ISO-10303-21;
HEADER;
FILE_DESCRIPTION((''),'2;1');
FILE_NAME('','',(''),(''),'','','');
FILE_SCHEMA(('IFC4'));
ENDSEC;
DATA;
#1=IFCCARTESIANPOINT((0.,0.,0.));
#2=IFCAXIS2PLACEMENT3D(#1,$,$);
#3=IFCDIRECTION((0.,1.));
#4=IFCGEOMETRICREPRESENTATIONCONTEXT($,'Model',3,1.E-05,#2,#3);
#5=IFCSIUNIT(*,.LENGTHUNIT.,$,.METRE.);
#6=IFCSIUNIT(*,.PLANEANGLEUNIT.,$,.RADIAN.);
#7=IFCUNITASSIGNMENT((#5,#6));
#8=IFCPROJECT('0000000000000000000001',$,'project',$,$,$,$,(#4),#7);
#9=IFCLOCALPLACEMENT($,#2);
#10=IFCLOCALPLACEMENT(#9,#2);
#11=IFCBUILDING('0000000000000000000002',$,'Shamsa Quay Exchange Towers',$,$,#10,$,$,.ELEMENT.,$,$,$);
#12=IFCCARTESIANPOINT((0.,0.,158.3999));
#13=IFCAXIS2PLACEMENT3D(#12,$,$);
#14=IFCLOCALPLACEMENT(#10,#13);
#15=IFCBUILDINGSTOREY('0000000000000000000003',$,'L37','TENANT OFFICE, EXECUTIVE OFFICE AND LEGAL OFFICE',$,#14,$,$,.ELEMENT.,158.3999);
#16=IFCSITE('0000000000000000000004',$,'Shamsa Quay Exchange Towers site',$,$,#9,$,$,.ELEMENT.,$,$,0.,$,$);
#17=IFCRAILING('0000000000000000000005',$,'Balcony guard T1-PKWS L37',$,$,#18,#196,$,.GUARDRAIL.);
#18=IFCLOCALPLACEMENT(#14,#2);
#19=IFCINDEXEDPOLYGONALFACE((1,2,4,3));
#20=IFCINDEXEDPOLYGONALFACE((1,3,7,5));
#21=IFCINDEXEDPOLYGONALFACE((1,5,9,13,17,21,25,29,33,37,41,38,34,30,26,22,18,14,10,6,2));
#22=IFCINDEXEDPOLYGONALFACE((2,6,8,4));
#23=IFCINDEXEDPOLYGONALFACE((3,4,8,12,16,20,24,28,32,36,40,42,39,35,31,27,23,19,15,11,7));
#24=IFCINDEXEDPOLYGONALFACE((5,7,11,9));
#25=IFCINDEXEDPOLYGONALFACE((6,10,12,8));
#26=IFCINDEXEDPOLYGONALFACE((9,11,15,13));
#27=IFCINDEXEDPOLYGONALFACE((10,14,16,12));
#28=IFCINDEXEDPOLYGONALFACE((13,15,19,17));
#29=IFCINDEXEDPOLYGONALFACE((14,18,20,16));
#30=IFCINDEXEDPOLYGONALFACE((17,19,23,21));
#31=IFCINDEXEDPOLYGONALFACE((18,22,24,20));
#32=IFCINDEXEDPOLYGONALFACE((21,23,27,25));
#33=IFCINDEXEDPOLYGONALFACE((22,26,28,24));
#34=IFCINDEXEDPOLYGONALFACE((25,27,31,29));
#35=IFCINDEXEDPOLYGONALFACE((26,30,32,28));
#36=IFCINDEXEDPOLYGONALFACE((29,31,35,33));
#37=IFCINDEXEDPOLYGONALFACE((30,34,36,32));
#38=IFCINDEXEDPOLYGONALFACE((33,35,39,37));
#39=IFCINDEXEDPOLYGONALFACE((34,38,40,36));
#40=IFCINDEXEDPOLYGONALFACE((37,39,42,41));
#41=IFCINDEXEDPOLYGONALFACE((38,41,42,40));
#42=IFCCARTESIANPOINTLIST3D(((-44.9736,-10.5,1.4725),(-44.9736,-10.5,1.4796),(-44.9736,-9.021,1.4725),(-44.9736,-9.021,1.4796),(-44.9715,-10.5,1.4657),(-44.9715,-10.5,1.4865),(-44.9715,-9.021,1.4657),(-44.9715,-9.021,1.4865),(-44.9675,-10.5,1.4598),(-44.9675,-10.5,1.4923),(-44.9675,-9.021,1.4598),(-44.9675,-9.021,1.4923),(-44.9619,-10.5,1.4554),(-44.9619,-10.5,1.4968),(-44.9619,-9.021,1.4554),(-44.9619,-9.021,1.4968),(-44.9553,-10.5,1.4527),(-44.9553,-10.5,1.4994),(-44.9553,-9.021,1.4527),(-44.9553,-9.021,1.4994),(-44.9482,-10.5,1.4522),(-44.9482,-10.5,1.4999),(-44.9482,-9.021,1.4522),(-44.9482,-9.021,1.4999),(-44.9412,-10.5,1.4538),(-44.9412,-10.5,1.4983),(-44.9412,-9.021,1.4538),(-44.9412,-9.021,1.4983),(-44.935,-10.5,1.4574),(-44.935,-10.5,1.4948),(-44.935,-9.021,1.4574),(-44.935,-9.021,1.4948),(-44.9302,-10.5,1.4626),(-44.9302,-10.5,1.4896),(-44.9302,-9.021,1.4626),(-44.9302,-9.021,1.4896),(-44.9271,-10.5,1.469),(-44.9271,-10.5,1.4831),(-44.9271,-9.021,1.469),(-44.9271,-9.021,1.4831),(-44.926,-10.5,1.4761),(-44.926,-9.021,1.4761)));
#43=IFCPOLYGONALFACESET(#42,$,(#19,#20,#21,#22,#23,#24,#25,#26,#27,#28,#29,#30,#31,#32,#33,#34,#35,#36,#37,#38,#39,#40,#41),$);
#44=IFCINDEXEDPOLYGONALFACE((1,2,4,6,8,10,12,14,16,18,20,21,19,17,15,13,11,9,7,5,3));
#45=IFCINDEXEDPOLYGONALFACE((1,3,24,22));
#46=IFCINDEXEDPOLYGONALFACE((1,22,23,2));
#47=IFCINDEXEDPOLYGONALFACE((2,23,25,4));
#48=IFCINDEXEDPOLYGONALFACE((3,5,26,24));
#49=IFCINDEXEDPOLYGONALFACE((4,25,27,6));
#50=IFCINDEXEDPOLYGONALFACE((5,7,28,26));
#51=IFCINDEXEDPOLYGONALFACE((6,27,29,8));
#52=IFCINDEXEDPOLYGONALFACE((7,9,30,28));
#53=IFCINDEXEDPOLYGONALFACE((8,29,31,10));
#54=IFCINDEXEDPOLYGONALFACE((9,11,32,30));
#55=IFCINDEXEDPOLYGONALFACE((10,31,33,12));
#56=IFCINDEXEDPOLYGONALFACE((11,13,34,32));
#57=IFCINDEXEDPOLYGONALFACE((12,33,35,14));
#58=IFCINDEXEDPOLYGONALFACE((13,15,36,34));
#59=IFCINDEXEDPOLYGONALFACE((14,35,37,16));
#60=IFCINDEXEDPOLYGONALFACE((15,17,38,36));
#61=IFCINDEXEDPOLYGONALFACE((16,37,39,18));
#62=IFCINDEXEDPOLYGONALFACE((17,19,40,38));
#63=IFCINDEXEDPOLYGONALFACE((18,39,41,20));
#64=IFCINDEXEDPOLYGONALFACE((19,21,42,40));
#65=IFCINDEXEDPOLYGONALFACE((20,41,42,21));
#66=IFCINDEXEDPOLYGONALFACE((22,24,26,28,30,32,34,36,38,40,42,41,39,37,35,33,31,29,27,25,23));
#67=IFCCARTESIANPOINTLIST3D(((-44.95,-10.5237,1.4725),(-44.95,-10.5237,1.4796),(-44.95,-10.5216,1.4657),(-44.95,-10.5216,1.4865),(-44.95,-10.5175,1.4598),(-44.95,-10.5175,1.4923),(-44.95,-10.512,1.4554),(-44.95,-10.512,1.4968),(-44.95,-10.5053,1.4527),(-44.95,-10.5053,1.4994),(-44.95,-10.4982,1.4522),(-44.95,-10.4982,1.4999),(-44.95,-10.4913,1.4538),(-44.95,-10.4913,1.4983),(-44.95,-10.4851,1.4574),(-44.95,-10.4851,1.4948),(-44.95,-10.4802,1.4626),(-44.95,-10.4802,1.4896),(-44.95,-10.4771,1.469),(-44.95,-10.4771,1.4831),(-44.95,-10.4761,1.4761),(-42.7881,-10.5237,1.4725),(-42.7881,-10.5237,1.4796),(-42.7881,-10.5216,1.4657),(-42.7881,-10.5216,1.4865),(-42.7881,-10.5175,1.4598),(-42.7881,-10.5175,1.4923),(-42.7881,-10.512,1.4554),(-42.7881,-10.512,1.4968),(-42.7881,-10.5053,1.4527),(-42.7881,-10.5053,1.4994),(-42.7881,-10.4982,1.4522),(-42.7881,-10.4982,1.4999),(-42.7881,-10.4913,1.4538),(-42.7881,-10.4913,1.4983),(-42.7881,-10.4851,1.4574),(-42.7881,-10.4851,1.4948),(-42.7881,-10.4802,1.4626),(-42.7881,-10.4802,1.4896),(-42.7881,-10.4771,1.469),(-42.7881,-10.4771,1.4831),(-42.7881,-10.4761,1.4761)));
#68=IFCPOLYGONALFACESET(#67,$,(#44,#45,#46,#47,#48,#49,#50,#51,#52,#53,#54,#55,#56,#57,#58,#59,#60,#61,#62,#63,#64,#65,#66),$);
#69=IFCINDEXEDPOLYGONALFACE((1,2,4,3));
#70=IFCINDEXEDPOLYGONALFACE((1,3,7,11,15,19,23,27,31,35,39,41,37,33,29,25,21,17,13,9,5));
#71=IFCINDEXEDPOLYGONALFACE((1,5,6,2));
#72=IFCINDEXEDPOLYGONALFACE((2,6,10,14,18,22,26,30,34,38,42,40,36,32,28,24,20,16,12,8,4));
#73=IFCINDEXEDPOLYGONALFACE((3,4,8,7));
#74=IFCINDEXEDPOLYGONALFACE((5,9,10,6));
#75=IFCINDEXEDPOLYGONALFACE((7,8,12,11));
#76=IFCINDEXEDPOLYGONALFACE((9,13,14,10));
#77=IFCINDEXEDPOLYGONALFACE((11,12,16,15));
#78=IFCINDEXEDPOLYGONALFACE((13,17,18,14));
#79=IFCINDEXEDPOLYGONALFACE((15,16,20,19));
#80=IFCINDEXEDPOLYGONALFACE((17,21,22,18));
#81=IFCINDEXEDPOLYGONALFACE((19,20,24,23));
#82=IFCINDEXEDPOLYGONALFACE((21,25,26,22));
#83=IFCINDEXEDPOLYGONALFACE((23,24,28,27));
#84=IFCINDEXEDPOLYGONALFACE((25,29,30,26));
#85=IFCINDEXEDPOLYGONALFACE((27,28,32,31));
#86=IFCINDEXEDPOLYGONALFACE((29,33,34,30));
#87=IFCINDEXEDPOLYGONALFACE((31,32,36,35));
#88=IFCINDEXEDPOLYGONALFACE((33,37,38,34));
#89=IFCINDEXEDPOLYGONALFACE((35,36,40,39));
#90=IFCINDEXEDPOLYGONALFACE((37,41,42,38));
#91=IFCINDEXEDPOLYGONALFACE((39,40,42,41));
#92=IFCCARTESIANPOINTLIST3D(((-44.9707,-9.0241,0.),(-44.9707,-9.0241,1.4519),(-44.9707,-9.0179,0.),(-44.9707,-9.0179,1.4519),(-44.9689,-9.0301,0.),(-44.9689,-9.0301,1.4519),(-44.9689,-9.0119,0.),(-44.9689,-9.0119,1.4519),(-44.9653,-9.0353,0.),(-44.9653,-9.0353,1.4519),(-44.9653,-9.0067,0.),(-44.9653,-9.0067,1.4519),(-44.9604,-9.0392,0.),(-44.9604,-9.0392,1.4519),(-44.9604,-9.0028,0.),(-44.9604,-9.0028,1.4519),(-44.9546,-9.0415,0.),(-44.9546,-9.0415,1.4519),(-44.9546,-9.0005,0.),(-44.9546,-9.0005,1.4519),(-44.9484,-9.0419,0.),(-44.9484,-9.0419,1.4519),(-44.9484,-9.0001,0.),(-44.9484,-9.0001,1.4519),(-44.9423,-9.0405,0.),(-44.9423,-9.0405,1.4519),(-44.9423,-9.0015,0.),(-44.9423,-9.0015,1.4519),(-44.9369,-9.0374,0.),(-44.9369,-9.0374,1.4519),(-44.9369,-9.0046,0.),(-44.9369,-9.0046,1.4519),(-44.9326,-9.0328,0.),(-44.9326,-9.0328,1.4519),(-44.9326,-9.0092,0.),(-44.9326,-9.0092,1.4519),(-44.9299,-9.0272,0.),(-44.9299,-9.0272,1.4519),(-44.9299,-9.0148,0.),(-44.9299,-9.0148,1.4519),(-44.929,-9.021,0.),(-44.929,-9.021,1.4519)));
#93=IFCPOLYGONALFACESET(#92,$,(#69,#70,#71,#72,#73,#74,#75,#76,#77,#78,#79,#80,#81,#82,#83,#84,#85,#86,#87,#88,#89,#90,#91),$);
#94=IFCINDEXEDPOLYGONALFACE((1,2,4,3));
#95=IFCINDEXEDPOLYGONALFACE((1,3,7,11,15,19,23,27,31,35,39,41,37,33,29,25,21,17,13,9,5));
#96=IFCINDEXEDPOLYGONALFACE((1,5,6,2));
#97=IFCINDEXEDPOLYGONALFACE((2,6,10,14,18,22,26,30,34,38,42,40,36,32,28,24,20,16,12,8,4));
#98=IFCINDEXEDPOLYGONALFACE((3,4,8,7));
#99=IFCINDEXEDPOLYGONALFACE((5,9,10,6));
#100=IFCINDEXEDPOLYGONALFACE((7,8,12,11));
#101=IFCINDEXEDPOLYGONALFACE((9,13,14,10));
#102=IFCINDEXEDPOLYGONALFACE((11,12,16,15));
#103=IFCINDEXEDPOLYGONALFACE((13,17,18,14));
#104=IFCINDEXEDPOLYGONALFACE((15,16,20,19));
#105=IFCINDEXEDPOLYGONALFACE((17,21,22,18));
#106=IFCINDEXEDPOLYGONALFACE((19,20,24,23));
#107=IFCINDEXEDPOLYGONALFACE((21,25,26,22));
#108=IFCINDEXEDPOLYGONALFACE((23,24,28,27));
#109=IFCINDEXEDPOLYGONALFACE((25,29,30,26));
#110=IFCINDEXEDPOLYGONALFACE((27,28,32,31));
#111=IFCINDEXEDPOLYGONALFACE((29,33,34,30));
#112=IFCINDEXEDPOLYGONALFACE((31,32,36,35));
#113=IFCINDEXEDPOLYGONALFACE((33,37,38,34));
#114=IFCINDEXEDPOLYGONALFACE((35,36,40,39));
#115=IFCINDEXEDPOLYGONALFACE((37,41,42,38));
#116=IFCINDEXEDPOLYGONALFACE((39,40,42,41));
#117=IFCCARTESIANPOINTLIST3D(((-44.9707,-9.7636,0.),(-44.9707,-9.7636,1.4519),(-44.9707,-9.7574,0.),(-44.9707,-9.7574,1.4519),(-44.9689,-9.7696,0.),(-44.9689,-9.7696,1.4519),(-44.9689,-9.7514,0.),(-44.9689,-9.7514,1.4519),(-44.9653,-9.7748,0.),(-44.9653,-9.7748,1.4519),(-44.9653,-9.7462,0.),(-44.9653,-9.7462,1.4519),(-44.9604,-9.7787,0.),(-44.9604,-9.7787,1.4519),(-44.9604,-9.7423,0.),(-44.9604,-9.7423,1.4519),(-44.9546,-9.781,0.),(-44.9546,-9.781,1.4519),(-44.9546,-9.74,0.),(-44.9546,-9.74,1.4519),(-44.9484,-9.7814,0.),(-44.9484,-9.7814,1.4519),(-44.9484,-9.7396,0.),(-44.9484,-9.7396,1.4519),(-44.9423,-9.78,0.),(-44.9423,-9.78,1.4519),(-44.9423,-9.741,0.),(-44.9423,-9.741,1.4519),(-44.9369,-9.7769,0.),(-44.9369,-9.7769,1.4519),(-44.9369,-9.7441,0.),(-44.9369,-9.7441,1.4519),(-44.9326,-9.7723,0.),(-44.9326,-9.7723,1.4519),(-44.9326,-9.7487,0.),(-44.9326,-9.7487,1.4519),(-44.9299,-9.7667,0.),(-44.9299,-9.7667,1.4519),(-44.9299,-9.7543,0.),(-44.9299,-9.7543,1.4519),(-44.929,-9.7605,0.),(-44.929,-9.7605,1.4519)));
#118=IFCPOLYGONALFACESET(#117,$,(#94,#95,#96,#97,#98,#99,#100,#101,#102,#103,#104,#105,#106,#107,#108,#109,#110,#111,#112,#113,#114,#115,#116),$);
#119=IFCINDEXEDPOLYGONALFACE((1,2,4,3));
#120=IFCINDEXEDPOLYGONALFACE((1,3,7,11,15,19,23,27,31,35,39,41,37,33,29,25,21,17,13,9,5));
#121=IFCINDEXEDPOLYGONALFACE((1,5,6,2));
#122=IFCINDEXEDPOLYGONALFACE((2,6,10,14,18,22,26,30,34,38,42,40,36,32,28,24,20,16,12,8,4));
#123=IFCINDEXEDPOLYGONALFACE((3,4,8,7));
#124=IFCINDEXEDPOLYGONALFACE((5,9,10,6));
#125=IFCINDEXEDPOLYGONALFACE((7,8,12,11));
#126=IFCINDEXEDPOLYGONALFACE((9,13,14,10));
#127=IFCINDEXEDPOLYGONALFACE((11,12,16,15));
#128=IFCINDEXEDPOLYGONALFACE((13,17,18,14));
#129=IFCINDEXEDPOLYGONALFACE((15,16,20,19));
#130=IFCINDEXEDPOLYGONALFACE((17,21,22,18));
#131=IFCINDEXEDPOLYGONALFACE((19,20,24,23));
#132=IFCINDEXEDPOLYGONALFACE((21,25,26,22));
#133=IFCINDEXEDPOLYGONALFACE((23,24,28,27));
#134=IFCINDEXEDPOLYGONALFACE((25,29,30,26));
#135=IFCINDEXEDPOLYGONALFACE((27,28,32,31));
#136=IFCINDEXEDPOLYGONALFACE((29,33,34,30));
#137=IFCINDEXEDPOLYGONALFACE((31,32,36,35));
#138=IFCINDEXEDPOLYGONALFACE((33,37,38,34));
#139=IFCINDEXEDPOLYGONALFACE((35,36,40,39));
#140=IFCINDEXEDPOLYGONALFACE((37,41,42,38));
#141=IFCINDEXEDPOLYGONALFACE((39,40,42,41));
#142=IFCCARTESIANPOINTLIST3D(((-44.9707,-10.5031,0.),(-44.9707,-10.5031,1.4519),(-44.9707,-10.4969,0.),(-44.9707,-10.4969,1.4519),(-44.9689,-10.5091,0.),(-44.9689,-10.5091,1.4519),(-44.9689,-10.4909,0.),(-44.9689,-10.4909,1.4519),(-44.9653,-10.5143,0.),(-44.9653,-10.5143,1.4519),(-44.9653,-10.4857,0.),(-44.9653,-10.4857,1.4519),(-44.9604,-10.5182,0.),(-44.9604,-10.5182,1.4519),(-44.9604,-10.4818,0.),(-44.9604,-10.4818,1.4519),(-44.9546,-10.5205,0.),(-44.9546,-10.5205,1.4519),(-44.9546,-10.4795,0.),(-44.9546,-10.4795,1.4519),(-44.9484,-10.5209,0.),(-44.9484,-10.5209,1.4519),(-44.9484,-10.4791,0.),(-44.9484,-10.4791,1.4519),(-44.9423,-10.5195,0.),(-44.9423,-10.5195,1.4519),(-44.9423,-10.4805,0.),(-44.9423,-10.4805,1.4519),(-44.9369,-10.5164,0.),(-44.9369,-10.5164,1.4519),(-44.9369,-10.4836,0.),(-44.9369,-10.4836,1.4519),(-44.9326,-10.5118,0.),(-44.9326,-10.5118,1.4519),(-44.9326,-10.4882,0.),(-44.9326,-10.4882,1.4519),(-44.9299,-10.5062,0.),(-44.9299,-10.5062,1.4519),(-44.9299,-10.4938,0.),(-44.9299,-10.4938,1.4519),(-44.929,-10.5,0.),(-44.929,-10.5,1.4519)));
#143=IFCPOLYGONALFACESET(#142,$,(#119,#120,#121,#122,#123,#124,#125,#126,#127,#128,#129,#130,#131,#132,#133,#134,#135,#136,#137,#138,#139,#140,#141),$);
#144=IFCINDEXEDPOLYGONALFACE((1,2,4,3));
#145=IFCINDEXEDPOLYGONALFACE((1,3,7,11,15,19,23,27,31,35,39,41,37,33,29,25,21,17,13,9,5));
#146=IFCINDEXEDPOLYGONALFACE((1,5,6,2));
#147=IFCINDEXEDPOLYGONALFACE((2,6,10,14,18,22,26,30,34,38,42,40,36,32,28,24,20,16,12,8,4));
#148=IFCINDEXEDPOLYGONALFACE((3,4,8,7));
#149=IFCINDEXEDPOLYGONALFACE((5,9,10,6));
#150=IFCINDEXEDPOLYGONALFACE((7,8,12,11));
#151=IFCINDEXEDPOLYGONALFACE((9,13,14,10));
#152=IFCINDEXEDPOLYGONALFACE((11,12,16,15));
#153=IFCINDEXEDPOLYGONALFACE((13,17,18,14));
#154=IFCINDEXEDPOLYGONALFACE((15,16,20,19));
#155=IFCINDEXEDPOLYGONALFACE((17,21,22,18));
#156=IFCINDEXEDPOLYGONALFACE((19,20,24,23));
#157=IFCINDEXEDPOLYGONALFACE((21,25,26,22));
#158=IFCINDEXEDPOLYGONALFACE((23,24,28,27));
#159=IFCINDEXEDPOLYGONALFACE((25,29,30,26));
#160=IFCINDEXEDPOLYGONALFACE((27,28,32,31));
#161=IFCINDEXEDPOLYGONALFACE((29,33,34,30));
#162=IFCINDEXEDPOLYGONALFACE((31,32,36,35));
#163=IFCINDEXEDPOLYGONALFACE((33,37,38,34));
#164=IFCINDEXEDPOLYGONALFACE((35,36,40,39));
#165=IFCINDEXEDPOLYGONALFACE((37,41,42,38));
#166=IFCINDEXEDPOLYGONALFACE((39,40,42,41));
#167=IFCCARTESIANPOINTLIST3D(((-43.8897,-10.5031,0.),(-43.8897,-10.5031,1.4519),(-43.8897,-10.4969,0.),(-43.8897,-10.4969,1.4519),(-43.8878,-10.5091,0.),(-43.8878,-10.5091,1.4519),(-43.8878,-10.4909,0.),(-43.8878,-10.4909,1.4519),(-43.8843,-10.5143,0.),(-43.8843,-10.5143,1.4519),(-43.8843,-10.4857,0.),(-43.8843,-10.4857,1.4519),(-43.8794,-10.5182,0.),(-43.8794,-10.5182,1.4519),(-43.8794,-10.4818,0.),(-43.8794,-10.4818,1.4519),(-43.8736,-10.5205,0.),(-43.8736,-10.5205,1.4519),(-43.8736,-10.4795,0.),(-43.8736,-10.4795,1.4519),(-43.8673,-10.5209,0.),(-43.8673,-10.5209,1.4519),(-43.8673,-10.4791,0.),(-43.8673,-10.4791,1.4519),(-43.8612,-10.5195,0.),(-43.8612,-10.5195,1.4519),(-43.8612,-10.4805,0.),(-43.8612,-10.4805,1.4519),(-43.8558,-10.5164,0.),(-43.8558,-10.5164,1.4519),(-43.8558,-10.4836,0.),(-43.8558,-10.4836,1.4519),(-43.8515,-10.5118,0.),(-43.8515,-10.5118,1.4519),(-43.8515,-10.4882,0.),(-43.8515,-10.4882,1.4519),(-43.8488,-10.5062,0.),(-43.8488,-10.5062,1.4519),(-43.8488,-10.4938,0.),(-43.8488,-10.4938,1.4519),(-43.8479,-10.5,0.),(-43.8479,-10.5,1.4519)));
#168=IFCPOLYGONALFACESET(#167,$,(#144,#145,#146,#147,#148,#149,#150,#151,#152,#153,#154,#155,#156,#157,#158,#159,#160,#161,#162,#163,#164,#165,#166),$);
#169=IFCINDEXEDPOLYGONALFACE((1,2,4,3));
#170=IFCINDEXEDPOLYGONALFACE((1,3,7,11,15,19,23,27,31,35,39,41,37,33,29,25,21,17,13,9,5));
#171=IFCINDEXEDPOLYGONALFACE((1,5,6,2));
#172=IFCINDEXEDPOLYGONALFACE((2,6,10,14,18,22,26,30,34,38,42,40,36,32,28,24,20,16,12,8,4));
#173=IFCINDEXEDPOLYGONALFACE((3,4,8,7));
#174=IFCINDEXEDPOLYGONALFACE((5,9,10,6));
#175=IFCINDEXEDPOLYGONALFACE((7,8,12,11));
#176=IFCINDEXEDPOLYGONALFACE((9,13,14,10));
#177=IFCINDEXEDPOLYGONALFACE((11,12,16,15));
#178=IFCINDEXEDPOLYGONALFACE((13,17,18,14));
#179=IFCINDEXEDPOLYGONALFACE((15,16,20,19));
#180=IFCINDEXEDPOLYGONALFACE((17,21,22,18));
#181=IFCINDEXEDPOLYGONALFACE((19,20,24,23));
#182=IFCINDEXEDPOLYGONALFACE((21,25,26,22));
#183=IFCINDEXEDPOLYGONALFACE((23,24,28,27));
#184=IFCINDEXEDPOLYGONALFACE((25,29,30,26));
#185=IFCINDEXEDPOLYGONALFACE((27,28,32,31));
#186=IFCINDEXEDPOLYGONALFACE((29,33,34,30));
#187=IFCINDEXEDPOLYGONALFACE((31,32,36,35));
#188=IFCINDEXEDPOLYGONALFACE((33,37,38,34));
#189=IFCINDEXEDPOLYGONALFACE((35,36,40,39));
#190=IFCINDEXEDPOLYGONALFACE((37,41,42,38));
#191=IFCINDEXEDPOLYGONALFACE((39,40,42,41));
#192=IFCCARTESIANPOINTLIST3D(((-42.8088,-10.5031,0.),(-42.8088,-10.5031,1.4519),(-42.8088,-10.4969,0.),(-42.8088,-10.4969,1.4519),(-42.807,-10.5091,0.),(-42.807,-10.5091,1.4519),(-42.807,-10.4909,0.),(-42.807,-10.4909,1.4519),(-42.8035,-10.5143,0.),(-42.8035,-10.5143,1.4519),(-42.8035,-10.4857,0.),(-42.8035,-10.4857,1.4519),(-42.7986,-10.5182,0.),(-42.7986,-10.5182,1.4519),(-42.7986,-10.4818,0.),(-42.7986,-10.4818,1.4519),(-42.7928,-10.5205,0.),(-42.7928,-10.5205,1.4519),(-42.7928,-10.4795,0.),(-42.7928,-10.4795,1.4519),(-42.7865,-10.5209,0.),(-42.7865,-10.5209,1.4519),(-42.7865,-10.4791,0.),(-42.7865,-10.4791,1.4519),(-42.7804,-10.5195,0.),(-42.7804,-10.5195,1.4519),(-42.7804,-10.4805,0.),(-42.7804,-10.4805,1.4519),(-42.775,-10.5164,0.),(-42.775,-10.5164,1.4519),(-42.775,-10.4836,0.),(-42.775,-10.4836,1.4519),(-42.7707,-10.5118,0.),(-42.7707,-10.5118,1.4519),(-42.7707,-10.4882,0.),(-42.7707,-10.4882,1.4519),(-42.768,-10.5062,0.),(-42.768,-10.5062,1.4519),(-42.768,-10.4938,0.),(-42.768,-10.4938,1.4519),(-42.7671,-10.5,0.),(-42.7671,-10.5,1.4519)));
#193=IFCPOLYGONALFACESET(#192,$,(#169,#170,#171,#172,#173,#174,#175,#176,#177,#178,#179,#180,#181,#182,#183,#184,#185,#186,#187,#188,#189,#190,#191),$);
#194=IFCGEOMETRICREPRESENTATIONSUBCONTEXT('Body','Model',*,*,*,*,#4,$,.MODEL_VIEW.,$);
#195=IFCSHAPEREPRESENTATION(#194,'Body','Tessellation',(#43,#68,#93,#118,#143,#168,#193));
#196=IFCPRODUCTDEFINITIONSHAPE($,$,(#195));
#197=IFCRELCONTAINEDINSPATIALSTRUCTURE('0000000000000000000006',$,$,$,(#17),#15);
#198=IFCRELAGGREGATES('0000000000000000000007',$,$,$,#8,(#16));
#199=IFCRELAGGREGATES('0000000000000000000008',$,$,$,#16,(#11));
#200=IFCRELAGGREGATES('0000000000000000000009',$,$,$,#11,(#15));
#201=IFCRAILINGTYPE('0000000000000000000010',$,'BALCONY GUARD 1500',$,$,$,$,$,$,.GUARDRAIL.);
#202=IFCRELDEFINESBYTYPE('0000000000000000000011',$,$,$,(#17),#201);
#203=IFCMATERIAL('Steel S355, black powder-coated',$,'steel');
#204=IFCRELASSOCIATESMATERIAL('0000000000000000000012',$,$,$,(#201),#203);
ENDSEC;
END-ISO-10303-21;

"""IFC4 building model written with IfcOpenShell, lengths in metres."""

from ifc_helpers import new_model, si_unit, direction, frame, origin, origin_2d, place, context, subcontext, project, spatial, circle, extrude, material, type_object, element, save


model = new_model("IFC4")

# Units and contexts
model_context = context("Model", 3, precision=1e-05, world=origin(), true_north=direction((0.0, 1.0)))
body_context = subcontext(model_context, "Body", "Model", "MODEL_VIEW")
ifc_project = project(units=[si_unit("LENGTHUNIT", "METRE"), si_unit("PLANEANGLEUNIT", "RADIAN")], contexts=[model_context])

# Site, building, storey
site_placement = place(None, origin())
site = spatial("IfcSite", under=ifc_project, at=site_placement, Name="Shamsa Quay Exchange Towers site", CompositionType="ELEMENT", RefElevation=0.0)
building_placement = place(site_placement, origin())
building = spatial("IfcBuilding", under=site, at=building_placement, Name="Shamsa Quay Exchange Towers", CompositionType="ELEMENT")
storey_placement = place(building_placement, frame((0.0, 0.0, 158.3999)))
storey = spatial("IfcBuildingStorey", under=building, at=storey_placement, Name="L37", Description="TENANT OFFICE, EXECUTIVE OFFICE AND LEGAL OFFICE", CompositionType="ELEMENT", Elevation=158.3999)

# Railing
ifc_material_1 = material(Name="Steel S355, black powder-coated", Category="steel")
railing_type = type_object("IfcRailingType", Name="BALCONY GUARD 1500", PredefinedType="GUARDRAIL", material=ifc_material_1)
for number, where, name in (
    (1, (-44.95, -9.021, 0.0), "Balcony guard T1-PKWS L37"),
):
    element("IfcRailing", number, at=place(storey_placement, frame(where)), inside=storey, type_object=railing_type, Name=name, PredefinedType="GUARDRAIL", context=body_context, shape_type="SweptSolid", body=[
        extrude(circle(Radius=0.0239, at=origin_2d()), frame((0.0, 0.0, 1.4761), z_axis=(0.0, -1.0, 0.0), x_axis=(1.0, 0.0, 0.0)), (0.0, 0.0, 1.0), 1.479),
        extrude(circle(Radius=0.0239, at=origin_2d()), frame((0.0, -1.479, 1.4761), z_axis=(1.0, 0.0, 0.0), x_axis=(0.0, 1.0, 0.0)), (0.0, 0.0, 1.0), 2.1619),
        extrude(circle(Radius=0.021, at=origin_2d()), origin(), (0.0, 0.0, 1.0), 1.4519),
        extrude(circle(Radius=0.021, at=origin_2d()), frame((0.0, -0.7395, 0.0)), (0.0, 0.0, 1.0), 1.4519),
        extrude(circle(Radius=0.021, at=origin_2d()), frame((0.0, -1.479, 0.0)), (0.0, 0.0, 1.0), 1.4519),
        extrude(circle(Radius=0.021, at=origin_2d()), frame((1.0811, -1.479, 0.0)), (0.0, 0.0, 1.0), 1.4519),
        extrude(circle(Radius=0.021, at=origin_2d()), frame((2.1619, -1.479, 0.0)), (0.0, 0.0, 1.0), 1.4519),
    ])

save(model, "model.ifc")
